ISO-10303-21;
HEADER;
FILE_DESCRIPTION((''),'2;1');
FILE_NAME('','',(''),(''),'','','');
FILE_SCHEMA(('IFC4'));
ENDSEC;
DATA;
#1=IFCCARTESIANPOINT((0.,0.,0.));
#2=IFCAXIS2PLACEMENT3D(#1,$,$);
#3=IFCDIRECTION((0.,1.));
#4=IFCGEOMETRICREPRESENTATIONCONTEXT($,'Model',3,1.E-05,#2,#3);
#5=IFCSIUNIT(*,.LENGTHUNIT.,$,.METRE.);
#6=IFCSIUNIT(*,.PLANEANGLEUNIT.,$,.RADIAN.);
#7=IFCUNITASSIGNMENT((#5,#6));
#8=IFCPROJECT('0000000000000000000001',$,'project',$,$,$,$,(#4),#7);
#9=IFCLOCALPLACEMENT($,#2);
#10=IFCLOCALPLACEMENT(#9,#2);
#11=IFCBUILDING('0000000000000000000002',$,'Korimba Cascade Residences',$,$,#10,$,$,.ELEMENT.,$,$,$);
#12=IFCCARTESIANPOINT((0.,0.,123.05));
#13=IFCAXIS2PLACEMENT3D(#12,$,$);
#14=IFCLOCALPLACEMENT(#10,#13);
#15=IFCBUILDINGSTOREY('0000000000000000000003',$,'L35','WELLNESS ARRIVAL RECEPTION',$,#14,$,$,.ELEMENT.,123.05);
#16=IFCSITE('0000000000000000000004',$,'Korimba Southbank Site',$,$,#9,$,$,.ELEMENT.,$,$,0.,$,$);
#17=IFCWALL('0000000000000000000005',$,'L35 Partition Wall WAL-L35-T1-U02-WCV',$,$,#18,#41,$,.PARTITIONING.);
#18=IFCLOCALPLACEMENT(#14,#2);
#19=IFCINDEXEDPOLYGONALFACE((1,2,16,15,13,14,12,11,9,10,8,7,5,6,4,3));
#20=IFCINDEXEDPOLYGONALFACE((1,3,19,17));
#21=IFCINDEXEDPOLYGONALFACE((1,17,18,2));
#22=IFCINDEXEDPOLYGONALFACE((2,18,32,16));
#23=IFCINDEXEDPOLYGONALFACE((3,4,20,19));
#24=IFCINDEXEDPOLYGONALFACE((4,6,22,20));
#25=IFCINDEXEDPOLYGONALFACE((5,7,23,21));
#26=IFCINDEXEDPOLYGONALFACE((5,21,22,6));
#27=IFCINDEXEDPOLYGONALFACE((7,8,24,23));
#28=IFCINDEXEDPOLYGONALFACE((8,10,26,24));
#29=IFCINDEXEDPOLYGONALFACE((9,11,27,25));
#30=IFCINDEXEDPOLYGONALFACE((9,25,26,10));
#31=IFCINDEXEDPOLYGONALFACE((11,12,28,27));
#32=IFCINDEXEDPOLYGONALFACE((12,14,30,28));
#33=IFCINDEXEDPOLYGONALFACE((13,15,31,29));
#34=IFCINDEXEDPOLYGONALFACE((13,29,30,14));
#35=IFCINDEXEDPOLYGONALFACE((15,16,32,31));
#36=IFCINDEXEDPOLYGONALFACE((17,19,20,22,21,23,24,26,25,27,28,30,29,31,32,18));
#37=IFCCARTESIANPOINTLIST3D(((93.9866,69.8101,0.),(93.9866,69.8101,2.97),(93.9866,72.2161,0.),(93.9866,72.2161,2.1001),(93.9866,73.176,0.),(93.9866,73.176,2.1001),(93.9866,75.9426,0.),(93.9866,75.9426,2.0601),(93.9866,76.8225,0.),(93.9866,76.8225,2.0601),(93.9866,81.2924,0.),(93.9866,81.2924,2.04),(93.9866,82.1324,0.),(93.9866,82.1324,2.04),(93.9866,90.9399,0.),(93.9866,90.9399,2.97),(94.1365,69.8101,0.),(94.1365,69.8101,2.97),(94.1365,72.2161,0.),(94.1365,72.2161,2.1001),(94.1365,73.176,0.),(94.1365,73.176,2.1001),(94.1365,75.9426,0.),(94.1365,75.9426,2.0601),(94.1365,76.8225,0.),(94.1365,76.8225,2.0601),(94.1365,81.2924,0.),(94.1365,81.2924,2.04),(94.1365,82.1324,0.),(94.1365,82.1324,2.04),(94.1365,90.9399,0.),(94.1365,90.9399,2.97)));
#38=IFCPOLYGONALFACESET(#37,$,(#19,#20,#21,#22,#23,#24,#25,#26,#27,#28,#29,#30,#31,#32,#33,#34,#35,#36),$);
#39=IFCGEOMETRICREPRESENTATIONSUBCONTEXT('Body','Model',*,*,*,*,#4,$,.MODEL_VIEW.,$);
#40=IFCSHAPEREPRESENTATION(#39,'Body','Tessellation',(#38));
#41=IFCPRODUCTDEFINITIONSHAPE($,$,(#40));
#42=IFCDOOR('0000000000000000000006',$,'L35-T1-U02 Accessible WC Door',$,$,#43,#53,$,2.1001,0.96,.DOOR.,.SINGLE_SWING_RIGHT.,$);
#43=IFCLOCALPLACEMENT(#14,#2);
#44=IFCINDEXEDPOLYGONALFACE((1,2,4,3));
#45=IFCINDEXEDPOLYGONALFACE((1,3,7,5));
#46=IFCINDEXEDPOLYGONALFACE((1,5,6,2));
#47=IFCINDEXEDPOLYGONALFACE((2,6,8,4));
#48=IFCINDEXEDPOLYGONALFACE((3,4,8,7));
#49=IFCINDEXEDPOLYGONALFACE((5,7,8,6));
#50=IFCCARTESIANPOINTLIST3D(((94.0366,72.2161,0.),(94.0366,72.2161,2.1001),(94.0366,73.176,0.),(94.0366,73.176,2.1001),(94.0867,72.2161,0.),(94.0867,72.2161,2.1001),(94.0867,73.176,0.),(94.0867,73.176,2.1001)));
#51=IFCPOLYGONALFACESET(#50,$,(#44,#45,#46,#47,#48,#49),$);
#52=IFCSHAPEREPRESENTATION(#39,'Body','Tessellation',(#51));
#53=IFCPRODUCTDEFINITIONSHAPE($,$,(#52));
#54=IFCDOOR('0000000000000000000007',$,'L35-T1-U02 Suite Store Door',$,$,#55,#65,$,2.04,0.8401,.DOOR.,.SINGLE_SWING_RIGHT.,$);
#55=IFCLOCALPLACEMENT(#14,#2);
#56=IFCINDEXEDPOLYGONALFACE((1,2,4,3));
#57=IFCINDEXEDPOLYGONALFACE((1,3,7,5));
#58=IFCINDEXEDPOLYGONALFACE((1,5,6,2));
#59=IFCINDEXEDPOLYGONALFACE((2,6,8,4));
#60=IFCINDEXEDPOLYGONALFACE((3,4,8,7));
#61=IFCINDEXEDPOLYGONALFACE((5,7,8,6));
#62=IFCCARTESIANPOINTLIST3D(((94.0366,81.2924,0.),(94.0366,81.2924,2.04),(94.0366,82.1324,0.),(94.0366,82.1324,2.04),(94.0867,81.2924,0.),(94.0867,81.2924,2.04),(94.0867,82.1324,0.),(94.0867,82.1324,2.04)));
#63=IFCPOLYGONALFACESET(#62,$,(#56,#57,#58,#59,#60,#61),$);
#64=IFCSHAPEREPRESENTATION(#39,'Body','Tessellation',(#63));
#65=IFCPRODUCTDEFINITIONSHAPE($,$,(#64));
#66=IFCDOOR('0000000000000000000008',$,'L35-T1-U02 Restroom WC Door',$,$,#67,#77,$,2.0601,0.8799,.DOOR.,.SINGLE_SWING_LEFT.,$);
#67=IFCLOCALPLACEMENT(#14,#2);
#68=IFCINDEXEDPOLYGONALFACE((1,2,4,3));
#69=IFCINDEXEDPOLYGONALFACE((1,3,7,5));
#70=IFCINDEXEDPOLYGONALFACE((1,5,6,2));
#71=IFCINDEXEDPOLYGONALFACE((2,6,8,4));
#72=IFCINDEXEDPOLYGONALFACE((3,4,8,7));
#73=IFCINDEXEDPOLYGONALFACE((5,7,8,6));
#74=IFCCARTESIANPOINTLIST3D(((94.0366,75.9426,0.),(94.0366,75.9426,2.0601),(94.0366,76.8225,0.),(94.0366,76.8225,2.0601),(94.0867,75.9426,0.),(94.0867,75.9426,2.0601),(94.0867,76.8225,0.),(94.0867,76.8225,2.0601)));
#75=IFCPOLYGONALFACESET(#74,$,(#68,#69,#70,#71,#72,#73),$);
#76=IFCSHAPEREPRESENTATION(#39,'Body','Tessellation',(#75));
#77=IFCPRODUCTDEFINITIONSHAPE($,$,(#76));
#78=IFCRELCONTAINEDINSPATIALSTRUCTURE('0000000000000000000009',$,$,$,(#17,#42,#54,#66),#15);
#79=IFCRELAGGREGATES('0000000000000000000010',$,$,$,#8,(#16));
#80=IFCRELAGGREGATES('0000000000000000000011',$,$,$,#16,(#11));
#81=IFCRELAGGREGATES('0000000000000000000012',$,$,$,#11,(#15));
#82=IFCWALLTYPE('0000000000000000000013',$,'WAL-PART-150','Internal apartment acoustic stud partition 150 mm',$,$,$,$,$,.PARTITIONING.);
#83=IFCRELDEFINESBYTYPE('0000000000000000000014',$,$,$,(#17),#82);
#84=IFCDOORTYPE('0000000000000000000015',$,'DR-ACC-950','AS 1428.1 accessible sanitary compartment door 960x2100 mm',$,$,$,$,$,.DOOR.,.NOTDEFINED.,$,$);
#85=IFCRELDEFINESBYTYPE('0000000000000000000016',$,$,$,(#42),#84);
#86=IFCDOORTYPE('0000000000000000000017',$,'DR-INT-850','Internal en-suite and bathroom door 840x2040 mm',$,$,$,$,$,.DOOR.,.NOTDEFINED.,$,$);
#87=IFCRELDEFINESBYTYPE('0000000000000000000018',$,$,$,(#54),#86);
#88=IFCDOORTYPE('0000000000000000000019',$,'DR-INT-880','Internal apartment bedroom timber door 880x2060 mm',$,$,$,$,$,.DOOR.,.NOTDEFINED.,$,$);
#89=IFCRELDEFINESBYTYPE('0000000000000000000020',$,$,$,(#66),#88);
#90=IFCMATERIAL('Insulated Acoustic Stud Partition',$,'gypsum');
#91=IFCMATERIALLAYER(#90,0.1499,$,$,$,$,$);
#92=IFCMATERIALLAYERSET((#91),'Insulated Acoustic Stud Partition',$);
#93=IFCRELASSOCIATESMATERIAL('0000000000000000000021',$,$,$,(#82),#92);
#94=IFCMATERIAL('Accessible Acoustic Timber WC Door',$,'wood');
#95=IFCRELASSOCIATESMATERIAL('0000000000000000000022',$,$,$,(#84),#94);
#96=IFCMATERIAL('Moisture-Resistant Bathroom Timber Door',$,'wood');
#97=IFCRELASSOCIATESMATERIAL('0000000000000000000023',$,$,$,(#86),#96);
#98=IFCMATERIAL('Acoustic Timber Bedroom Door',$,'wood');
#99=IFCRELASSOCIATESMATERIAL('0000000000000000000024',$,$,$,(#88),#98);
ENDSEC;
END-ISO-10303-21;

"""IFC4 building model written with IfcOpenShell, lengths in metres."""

from ifc_helpers import new_model, si_unit, direction, frame, frame_2d, origin, place, context, subcontext, project, spatial, rectangle, extrude, material, layer, layer_set, type_object, element, fill, save


model = new_model("IFC4")

# Units and contexts
model_context = context("Model", 3, precision=1e-05, world=origin(), true_north=direction((0.0, 1.0)))
body_context = subcontext(model_context, "Body", "Model", "MODEL_VIEW")
ifc_project = project(units=[si_unit("LENGTHUNIT", "METRE"), si_unit("PLANEANGLEUNIT", "RADIAN")], contexts=[model_context])

# Site, building, storey
site_placement = place(None, origin())
site = spatial("IfcSite", under=ifc_project, at=site_placement, Name="Korimba Southbank Site", CompositionType="ELEMENT", RefElevation=0.0)
building_placement = place(site_placement, origin())
building = spatial("IfcBuilding", under=site, at=building_placement, Name="Korimba Cascade Residences", CompositionType="ELEMENT")
storey_placement = place(building_placement, frame((0.0, 0.0, 123.05)))
storey = spatial("IfcBuildingStorey", under=building, at=storey_placement, Name="L35", Description="WELLNESS ARRIVAL RECEPTION", CompositionType="ELEMENT", Elevation=123.05)

# Shared definitions
ifc_material_1 = material(Name="Insulated Acoustic Stud Partition", Category="gypsum")
ifc_layer_1 = layer(ifc_material_1, 0.1499)
ifc_layer_set_1 = layer_set([ifc_layer_1], Name="Insulated Acoustic Stud Partition")
wall_type_1 = type_object("IfcWallType", Name="WAL-PART-150", Description="Internal apartment acoustic stud partition 150 mm", PredefinedType="PARTITIONING", material=ifc_layer_set_1)

# Wall, openings, doors
wall_placement = place(storey_placement, frame((94.0615, 69.8101, 0.0), z_axis=(0.0, 0.0, 1.0), x_axis=(0.0, 1.0, 0.0)))
wall = element("IfcWall", 1, at=wall_placement, inside=storey, type_object=wall_type_1, Name="L35 Partition Wall WAL-L35-T1-U02-WCV", PredefinedType="PARTITIONING", context=body_context, shape_type="SweptSolid", body=[
    extrude(rectangle(XDim=21.1299, YDim=0.1499, at=frame_2d((10.5649, 0.0))), origin(), (0.0, 0.0, 1.0), 2.97),
])
opening_1_placement = place(wall_placement, frame((2.406, 0.0, 0.0)))
opening_1 = element("IfcOpeningElement", 2, at=opening_1_placement, cuts=wall, PredefinedType="OPENING", context=body_context, shape_type="SweptSolid", body=[
    extrude(rectangle(XDim=0.96, YDim=2.1001, at=frame_2d((0.48, 1.05))), frame((0.0, 0.085, 0.0), z_axis=(0.0, -1.0, 0.0), x_axis=(1.0, 0.0, 0.0)), (0.0, 0.0, 1.0), 0.1699),
])
opening_2_placement = place(wall_placement, frame((6.1326, 0.0, 0.0)))
opening_2 = element("IfcOpeningElement", 3, at=opening_2_placement, cuts=wall, PredefinedType="OPENING", context=body_context, shape_type="SweptSolid", body=[
    extrude(rectangle(XDim=0.8799, YDim=2.0601, at=frame_2d((0.4399, 1.03))), frame((0.0, 0.085, 0.0), z_axis=(0.0, -1.0, 0.0), x_axis=(1.0, 0.0, 0.0)), (0.0, 0.0, 1.0), 0.1699),
])
opening_3_placement = place(wall_placement, frame((11.4824, 0.0, 0.0)))
opening_3 = element("IfcOpeningElement", 4, at=opening_3_placement, cuts=wall, PredefinedType="OPENING", context=body_context, shape_type="SweptSolid", body=[
    extrude(rectangle(XDim=0.8401, YDim=2.04, at=frame_2d((0.4199, 1.02))), frame((0.0, 0.085, 0.0), z_axis=(0.0, -1.0, 0.0), x_axis=(1.0, 0.0, 0.0)), (0.0, 0.0, 1.0), 0.1699),
])
ifc_material_2 = material(Name="Accessible Acoustic Timber WC Door", Category="wood")
door_type_1 = type_object("IfcDoorType", Name="DR-ACC-950", Description="AS 1428.1 accessible sanitary compartment door 960x2100 mm", OperationType="NOTDEFINED", PredefinedType="DOOR", material=ifc_material_2)
door_1_placement = place(opening_1_placement, origin())
door_1 = element("IfcDoor", 5, at=door_1_placement, inside=storey, type_object=door_type_1, Name="L35-T1-U02 Accessible WC Door", OperationType="SINGLE_SWING_RIGHT", OverallHeight=2.1001, OverallWidth=0.96, PredefinedType="DOOR", context=body_context, shape_type="SweptSolid", body=[
    extrude(rectangle(XDim=0.96, YDim=2.1001, at=frame_2d((0.48, 1.05))), frame((0.0, 0.0249, 0.0), z_axis=(0.0, -1.0, 0.0), x_axis=(1.0, 0.0, 0.0)), (0.0, 0.0, 1.0), 0.05),
])
fill(opening_1, door_1)
ifc_material_3 = material(Name="Moisture-Resistant Bathroom Timber Door", Category="wood")
door_type_2 = type_object("IfcDoorType", Name="DR-INT-850", Description="Internal en-suite and bathroom door 840x2040 mm", OperationType="NOTDEFINED", PredefinedType="DOOR", material=ifc_material_3)
door_2_placement = place(opening_3_placement, origin())
door_2 = element("IfcDoor", 6, at=door_2_placement, inside=storey, type_object=door_type_2, Name="L35-T1-U02 Suite Store Door", OperationType="SINGLE_SWING_RIGHT", OverallHeight=2.04, OverallWidth=0.8401, PredefinedType="DOOR", context=body_context, shape_type="SweptSolid", body=[
    extrude(rectangle(XDim=0.8401, YDim=2.04, at=frame_2d((0.4199, 1.02))), frame((0.0, 0.0249, 0.0), z_axis=(0.0, -1.0, 0.0), x_axis=(1.0, 0.0, 0.0)), (0.0, 0.0, 1.0), 0.05),
])
fill(opening_3, door_2)
ifc_material_4 = material(Name="Acoustic Timber Bedroom Door", Category="wood")
door_type_3 = type_object("IfcDoorType", Name="DR-INT-880", Description="Internal apartment bedroom timber door 880x2060 mm", OperationType="NOTDEFINED", PredefinedType="DOOR", material=ifc_material_4)
door_3_placement = place(opening_2_placement, origin())
door_3 = element("IfcDoor", 7, at=door_3_placement, inside=storey, type_object=door_type_3, Name="L35-T1-U02 Restroom WC Door", OperationType="SINGLE_SWING_LEFT", OverallHeight=2.0601, OverallWidth=0.8799, PredefinedType="DOOR", context=body_context, shape_type="SweptSolid", body=[
    extrude(rectangle(XDim=0.8799, YDim=2.0601, at=frame_2d((0.4399, 1.03))), frame((0.0, 0.0249, 0.0), z_axis=(0.0, -1.0, 0.0), x_axis=(1.0, 0.0, 0.0)), (0.0, 0.0, 1.0), 0.05),
])
fill(opening_2, door_3)

save(model, "model.ifc")
